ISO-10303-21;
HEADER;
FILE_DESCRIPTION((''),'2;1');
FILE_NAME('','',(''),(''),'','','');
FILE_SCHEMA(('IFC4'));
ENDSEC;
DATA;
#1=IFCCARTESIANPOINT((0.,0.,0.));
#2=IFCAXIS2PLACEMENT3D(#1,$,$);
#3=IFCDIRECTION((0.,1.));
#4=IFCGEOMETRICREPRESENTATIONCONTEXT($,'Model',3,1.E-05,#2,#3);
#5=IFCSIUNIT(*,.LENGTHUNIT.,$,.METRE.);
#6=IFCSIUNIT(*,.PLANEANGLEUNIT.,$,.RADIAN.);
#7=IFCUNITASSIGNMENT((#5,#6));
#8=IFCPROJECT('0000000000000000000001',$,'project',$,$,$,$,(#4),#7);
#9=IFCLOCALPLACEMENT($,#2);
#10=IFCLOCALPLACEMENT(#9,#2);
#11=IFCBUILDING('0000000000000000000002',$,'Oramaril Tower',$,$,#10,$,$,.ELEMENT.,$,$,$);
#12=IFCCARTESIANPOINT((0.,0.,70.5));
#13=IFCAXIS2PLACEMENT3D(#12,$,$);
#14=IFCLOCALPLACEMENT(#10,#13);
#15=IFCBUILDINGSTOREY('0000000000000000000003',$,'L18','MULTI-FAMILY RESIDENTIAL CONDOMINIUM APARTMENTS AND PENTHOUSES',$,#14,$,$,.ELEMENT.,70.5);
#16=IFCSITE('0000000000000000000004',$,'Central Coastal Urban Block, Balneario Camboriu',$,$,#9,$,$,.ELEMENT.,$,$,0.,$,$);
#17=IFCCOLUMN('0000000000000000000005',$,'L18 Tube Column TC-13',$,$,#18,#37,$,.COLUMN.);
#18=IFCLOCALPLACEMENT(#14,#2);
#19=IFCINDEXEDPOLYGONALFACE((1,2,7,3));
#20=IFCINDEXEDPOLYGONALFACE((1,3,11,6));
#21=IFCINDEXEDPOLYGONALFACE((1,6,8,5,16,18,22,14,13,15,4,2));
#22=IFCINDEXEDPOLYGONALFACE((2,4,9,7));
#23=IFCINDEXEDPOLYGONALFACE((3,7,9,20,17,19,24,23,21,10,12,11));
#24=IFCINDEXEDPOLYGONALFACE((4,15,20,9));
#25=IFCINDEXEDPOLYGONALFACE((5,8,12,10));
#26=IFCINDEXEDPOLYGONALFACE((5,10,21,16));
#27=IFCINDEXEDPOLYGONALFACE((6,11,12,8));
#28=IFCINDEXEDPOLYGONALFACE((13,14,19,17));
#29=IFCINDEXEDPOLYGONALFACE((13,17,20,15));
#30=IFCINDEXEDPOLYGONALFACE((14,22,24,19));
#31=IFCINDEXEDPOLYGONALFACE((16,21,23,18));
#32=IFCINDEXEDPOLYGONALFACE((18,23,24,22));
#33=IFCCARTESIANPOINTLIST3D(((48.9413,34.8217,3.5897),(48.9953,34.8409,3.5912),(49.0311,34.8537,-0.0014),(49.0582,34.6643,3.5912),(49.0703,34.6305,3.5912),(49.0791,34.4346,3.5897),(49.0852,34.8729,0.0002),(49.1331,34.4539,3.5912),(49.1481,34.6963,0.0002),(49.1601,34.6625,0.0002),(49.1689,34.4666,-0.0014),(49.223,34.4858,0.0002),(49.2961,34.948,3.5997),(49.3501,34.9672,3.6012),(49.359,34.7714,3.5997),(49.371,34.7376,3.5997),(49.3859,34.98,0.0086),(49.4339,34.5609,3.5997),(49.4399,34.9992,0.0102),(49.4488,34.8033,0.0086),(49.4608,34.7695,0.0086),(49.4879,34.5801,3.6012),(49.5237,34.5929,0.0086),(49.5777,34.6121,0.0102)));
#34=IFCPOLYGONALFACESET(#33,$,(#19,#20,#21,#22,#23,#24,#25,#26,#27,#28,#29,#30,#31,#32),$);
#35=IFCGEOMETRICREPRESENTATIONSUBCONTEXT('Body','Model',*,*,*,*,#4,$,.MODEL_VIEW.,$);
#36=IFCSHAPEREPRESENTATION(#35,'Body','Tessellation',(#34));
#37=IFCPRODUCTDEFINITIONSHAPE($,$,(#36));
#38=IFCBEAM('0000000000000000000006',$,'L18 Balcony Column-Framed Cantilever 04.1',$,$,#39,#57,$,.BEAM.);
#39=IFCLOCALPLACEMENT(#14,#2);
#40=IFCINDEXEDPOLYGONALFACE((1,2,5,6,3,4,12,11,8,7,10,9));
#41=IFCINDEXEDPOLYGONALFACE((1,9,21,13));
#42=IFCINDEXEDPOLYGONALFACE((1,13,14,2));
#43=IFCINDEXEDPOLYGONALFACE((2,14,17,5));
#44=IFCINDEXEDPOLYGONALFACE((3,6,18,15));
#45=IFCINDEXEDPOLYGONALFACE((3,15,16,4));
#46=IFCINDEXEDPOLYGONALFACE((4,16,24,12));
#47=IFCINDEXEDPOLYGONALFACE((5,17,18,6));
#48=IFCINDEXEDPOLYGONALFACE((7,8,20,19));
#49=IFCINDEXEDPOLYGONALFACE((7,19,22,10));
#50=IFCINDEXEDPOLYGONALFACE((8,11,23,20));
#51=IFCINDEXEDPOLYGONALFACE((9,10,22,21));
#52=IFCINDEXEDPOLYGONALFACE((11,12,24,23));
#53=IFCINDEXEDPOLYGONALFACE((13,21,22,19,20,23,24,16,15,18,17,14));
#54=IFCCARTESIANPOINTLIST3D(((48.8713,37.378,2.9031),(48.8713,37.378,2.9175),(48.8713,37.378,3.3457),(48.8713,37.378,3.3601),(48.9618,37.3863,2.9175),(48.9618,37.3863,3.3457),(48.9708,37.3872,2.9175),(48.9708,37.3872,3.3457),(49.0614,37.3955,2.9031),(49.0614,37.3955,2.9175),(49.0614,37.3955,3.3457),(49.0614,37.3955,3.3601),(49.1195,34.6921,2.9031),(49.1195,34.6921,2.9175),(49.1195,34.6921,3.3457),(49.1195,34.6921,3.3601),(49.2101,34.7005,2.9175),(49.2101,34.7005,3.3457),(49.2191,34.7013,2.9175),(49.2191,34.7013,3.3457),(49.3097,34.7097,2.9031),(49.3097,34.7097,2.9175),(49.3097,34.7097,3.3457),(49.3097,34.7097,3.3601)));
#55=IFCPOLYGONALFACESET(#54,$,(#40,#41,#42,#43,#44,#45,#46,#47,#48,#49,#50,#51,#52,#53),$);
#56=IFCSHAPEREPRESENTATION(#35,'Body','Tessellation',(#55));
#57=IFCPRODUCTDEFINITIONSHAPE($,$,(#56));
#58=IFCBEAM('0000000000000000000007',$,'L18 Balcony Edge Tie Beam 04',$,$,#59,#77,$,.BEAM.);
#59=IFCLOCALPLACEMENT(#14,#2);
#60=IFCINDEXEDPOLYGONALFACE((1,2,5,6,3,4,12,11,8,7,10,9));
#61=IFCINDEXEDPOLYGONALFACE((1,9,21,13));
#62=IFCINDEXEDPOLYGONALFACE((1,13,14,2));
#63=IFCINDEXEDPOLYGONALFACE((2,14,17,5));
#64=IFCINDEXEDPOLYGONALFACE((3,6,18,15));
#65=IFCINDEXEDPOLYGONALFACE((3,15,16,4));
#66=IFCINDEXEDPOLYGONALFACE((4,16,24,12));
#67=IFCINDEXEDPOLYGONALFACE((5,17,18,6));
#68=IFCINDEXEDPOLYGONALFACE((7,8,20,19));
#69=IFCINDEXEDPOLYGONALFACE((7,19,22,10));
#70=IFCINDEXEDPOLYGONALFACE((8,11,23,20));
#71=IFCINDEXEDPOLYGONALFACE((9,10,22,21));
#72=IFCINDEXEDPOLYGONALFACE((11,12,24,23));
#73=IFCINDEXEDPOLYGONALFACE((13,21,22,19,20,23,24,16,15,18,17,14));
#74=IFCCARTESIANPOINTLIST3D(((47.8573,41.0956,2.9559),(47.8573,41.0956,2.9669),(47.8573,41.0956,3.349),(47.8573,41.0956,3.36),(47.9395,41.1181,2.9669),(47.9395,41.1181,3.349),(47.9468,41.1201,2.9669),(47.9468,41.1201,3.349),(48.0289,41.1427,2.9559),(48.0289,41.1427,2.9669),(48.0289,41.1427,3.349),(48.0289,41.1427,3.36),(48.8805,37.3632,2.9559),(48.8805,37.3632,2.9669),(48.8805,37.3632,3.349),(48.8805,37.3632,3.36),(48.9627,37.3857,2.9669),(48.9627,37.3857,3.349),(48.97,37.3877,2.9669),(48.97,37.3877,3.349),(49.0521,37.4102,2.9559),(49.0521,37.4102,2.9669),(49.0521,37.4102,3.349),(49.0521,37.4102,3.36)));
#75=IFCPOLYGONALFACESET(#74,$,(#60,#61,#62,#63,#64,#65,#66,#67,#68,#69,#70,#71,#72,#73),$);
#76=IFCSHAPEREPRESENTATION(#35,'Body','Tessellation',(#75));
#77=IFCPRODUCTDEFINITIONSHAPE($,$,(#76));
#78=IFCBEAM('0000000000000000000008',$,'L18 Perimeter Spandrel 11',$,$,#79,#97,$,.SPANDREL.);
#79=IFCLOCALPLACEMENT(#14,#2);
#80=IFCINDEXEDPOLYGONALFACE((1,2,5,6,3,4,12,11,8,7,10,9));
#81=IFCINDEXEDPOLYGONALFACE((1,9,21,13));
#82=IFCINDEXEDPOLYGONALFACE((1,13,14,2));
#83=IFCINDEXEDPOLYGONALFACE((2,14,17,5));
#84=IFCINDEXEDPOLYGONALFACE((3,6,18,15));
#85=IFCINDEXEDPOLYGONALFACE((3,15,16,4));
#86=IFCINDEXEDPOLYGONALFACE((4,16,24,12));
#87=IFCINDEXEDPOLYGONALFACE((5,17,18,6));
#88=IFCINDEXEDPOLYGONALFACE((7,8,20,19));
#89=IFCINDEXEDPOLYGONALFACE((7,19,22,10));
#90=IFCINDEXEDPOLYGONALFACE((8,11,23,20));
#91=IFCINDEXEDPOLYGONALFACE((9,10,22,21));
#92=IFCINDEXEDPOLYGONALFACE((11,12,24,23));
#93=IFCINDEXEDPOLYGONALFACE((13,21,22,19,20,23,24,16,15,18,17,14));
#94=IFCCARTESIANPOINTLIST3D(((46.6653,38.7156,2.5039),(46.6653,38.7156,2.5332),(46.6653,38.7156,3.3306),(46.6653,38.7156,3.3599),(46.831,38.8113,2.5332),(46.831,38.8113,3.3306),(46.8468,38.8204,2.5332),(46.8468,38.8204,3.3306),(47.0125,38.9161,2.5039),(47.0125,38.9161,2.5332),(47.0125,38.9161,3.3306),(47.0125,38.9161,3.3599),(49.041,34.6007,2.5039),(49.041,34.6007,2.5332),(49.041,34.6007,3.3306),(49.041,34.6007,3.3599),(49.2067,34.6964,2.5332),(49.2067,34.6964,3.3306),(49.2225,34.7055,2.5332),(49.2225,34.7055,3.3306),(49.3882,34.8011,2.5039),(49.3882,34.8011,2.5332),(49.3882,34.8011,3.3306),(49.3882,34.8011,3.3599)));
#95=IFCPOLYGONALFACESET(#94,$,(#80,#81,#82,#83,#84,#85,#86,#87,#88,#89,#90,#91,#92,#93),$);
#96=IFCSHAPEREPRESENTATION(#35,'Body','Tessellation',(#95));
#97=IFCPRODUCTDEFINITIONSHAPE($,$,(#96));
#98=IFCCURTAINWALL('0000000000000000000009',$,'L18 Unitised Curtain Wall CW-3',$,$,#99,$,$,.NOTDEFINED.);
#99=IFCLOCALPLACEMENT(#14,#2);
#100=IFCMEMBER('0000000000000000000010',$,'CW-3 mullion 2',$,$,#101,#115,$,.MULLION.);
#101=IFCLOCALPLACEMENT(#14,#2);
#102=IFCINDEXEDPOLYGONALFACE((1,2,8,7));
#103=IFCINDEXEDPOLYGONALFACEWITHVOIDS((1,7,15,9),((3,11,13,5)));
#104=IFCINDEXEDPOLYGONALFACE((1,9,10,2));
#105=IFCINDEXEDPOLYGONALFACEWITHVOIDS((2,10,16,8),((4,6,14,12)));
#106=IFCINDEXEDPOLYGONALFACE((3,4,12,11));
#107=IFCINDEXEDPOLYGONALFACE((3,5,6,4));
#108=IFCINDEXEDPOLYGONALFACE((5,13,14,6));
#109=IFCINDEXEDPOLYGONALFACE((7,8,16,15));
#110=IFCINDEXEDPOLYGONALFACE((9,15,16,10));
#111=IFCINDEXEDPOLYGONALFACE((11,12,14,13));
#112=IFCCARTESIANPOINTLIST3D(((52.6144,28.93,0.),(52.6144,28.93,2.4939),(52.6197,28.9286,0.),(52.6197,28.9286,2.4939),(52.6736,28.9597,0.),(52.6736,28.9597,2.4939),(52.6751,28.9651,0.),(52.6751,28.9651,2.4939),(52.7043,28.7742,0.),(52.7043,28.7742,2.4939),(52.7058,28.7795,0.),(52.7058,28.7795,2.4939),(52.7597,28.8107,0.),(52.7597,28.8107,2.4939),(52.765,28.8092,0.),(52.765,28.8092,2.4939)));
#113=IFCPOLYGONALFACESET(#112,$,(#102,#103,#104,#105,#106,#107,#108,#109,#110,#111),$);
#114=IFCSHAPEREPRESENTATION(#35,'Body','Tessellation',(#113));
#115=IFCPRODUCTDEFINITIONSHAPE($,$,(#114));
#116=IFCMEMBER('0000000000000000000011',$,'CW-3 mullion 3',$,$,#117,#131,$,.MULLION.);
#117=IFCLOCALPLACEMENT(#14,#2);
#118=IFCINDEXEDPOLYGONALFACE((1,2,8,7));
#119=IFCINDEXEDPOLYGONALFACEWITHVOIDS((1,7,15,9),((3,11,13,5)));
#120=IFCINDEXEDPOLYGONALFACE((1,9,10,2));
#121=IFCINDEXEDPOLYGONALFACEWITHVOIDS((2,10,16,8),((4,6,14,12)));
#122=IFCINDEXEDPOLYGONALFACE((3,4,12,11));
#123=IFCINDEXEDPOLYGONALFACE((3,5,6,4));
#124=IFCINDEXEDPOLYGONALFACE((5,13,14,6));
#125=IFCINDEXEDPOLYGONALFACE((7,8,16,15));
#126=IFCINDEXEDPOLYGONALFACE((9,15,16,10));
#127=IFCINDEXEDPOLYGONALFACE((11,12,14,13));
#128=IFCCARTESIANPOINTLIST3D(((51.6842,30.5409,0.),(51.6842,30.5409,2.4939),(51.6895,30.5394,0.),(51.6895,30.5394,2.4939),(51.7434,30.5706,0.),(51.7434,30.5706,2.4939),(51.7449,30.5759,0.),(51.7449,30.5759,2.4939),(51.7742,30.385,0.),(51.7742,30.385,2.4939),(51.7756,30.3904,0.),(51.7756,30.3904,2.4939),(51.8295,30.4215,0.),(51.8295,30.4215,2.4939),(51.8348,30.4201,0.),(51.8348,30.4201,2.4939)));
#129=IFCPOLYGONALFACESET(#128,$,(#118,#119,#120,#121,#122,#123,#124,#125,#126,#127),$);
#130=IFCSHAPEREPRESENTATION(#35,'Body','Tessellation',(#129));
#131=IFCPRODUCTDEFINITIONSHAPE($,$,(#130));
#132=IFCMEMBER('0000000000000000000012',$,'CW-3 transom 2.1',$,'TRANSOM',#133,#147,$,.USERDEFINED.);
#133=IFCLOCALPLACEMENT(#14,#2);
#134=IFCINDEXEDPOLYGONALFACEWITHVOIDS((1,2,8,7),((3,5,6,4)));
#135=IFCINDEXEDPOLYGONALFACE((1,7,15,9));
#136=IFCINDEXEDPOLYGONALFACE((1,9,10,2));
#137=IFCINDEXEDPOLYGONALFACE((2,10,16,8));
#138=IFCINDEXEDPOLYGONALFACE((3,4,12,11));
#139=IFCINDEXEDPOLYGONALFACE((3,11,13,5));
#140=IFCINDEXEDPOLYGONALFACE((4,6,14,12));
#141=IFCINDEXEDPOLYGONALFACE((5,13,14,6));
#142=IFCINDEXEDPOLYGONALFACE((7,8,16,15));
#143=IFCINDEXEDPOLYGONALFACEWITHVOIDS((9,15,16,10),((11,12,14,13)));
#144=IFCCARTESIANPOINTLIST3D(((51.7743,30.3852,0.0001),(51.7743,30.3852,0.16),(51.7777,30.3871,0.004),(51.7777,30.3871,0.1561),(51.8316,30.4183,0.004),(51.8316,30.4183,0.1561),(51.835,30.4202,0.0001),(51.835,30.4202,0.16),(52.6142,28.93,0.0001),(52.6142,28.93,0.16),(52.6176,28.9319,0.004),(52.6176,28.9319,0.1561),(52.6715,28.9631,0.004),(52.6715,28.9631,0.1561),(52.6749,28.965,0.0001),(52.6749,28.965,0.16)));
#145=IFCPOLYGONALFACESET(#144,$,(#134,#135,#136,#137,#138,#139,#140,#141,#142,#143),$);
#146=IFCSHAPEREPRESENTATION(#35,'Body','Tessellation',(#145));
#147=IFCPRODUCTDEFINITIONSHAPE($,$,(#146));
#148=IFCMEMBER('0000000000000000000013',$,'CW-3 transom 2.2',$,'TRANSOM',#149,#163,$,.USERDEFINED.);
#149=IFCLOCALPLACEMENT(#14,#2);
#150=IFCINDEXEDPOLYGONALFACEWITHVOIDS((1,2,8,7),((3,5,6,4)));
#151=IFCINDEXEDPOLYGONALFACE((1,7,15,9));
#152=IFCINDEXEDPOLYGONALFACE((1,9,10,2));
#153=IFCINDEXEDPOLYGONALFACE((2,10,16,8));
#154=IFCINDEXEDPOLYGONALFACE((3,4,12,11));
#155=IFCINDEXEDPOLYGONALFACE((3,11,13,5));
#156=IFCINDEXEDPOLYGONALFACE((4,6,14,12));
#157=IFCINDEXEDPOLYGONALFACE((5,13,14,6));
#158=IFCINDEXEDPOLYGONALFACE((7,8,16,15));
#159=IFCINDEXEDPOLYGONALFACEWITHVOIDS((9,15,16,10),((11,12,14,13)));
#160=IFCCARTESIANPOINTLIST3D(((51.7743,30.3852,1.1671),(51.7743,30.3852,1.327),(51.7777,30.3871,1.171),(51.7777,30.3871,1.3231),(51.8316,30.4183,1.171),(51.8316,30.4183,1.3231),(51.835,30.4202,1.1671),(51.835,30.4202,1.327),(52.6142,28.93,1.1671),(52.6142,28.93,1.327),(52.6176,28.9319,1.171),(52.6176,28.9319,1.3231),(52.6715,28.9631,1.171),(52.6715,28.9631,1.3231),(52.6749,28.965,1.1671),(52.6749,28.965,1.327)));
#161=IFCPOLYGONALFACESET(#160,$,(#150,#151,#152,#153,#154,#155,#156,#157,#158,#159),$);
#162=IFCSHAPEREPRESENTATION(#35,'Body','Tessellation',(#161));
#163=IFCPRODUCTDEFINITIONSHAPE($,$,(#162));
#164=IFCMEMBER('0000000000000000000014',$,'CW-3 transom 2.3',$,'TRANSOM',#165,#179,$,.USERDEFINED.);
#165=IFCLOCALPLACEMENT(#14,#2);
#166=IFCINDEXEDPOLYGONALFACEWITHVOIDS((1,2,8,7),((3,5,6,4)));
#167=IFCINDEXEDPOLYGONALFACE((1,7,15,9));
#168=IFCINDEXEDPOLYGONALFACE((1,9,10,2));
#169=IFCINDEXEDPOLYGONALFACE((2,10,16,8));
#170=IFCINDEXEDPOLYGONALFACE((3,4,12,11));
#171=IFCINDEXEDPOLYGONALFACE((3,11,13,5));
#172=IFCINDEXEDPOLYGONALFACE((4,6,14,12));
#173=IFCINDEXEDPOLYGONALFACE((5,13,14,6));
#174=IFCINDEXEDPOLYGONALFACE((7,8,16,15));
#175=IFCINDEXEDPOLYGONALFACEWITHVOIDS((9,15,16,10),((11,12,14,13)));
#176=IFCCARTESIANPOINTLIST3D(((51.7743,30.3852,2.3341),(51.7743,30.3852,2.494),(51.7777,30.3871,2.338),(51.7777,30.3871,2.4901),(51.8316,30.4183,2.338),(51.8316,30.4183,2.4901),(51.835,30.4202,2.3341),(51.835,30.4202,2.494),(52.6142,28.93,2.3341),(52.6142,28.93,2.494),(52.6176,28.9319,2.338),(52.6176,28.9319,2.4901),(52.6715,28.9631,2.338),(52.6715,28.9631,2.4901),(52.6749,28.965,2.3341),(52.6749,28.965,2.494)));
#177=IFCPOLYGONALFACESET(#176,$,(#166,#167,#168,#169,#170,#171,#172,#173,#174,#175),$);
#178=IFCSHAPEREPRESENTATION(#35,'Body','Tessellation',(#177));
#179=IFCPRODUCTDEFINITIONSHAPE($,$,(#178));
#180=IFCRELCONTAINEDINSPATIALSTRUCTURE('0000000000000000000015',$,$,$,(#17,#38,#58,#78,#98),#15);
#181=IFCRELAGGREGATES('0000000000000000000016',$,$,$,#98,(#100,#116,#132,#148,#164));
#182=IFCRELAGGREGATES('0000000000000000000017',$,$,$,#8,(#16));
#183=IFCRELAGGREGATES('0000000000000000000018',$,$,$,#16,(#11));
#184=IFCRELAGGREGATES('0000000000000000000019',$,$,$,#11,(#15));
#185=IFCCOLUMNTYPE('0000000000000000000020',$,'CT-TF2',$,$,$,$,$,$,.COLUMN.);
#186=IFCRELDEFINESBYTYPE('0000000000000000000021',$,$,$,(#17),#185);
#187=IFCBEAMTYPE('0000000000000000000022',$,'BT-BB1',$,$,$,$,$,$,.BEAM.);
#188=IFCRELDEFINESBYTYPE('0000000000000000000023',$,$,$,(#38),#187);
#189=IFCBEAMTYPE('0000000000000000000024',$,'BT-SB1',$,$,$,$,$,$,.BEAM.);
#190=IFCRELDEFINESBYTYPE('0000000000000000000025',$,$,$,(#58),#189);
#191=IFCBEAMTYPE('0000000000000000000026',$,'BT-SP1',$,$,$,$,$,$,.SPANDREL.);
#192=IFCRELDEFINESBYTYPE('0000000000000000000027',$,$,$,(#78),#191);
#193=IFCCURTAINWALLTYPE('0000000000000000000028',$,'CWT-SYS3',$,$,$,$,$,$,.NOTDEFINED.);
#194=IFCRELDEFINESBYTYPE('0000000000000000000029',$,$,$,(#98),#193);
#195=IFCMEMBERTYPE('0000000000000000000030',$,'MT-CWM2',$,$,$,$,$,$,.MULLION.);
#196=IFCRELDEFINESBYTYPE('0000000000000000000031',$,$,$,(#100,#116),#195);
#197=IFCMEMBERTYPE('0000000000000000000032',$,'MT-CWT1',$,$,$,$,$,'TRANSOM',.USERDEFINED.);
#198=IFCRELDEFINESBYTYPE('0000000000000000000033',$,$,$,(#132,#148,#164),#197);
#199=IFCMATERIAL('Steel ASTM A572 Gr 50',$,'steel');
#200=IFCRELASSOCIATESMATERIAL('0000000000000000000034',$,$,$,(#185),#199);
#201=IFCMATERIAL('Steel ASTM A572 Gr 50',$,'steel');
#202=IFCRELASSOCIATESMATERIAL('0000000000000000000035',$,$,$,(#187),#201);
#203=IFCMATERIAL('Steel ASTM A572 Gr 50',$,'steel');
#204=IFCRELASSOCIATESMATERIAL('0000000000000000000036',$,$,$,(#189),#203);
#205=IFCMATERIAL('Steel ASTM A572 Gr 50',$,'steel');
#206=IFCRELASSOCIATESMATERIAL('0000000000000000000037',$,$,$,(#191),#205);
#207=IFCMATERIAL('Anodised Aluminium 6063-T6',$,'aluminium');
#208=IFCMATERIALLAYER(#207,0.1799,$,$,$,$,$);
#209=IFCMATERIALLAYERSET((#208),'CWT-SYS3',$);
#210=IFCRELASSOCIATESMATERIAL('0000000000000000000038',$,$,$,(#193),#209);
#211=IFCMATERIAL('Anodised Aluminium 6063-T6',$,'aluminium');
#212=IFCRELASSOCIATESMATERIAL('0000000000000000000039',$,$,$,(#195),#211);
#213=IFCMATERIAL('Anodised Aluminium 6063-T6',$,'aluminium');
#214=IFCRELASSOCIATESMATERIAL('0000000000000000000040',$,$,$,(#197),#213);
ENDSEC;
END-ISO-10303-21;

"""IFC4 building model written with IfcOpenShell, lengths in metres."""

from ifc_helpers import new_model, si_unit, direction, frame, origin, origin_2d, place, context, subcontext, project, spatial, hollow_rectangle, i_section, extrude, material, layer, layer_set, material_profile, profile_set, type_object, element, aggregate, save


model = new_model("IFC4")

# Units and contexts
model_context = context("Model", 3, precision=1e-05, world=origin(), true_north=direction((0.0, 1.0)))
body_context = subcontext(model_context, "Body", "Model", "MODEL_VIEW")
ifc_project = project(units=[si_unit("LENGTHUNIT", "METRE"), si_unit("PLANEANGLEUNIT", "RADIAN")], contexts=[model_context])

# Site, building, storey
site_placement = place(None, origin())
site = spatial("IfcSite", under=ifc_project, at=site_placement, Name="Central Coastal Urban Block, Balneario Camboriu", CompositionType="ELEMENT", RefElevation=0.0)
building_placement = place(site_placement, origin())
building = spatial("IfcBuilding", under=site, at=building_placement, Name="Oramaril Tower", CompositionType="ELEMENT")
storey_placement = place(building_placement, frame((0.0, 0.0, 70.5)))
storey = spatial("IfcBuildingStorey", under=building, at=storey_placement, Name="L18", Description="MULTI-FAMILY RESIDENTIAL CONDOMINIUM APARTMENTS AND PENTHOUSES", CompositionType="ELEMENT", Elevation=70.5)

# Column
ifc_material_1 = material(Name="Steel ASTM A572 Gr 50", Category="steel")
ifc_material_profile_1 = material_profile(ifc_material_1, i_section(OverallWidth=0.4109, OverallDepth=0.4341, WebThickness=0.0359, FlangeThickness=0.0574, at=origin_2d()), Name="W14X311")
ifc_profile_set_1 = profile_set([ifc_material_profile_1], Name="Steel ASTM A572 Gr 50")
column_type = type_object("IfcColumnType", Name="CT-TF2", PredefinedType="COLUMN", material=ifc_profile_set_1)
column_placement = place(storey_placement, frame((49.3044, 34.7329, 0.0044), z_axis=(-0.02501, -0.008903, 0.999648), x_axis=(0.335363, -0.942089, 0.0)))
element("IfcColumn", 1, at=column_placement, inside=storey, type_object=column_type, Name="L18 Tube Column TC-13", PredefinedType="COLUMN", context=body_context, shape_type="SweptSolid", body=[
    extrude(i_section(OverallWidth=0.4109, OverallDepth=0.4341, WebThickness=0.0359, FlangeThickness=0.0574, at=origin_2d()), origin(), (0.0, 0.0, 1.0), 3.5923),
])

# Beams
ifc_material_2 = material(Name="Steel ASTM A572 Gr 50", Category="steel")
ifc_material_profile_2 = material_profile(ifc_material_2, i_section(OverallWidth=0.1909, OverallDepth=0.457, WebThickness=0.009, FlangeThickness=0.0144, at=origin_2d()), Name="W18X50")
ifc_profile_set_2 = profile_set([ifc_material_profile_2], Name="Steel ASTM A572 Gr 50")
beam_type_1 = type_object("IfcBeamType", Name="BT-BB1", PredefinedType="BEAM", material=ifc_profile_set_2)
beam_1_placement = place(storey_placement, frame((49.2146, 34.7009, 3.1316), z_axis=(-0.092054, 0.995754, 0.0), x_axis=(-0.995754, -0.092054, 0.0)))
element("IfcBeam", 2, at=beam_1_placement, inside=storey, type_object=beam_type_1, Name="L18 Balcony Column-Framed Cantilever 04.1", PredefinedType="BEAM", context=body_context, shape_type="SweptSolid", body=[
    extrude(i_section(OverallWidth=0.1909, OverallDepth=0.457, WebThickness=0.009, FlangeThickness=0.0144, at=origin_2d()), origin(), (0.0, 0.0, 1.0), 2.6973),
])
ifc_material_3 = material(Name="Steel ASTM A572 Gr 50", Category="steel")
ifc_material_profile_3 = material_profile(ifc_material_3, i_section(OverallWidth=0.178, OverallDepth=0.4041, WebThickness=0.0076, FlangeThickness=0.011, at=origin_2d()), Name="W16X36")
ifc_profile_set_3 = profile_set([ifc_material_profile_3], Name="Steel ASTM A572 Gr 50")
beam_type_2 = type_object("IfcBeamType", Name="BT-SB1", PredefinedType="BEAM", material=ifc_profile_set_3)
beam_2_placement = place(storey_placement, frame((48.9663, 37.3867, 3.158), z_axis=(-0.264382, 0.964418, 0.0), x_axis=(-0.964418, -0.264382, 0.0)))
element("IfcBeam", 3, at=beam_2_placement, inside=storey, type_object=beam_type_2, Name="L18 Balcony Edge Tie Beam 04", PredefinedType="BEAM", context=body_context, shape_type="SweptSolid", body=[
    extrude(i_section(OverallWidth=0.178, OverallDepth=0.4041, WebThickness=0.0076, FlangeThickness=0.011, at=origin_2d()), origin(), (0.0, 0.0, 1.0), 3.8701),
])
ifc_material_4 = material(Name="Steel ASTM A572 Gr 50", Category="steel")
ifc_material_profile_4 = material_profile(ifc_material_4, i_section(OverallWidth=0.4009, OverallDepth=0.856, WebThickness=0.0183, FlangeThickness=0.0293, at=origin_2d()), Name="W33X201")
ifc_profile_set_4 = profile_set([ifc_material_profile_4], Name="Steel ASTM A572 Gr 50")
beam_type_3 = type_object("IfcBeamType", Name="BT-SP1", PredefinedType="SPANDREL", material=ifc_profile_set_4)
beam_3_placement = place(storey_placement, frame((49.2146, 34.7009, 2.9319), z_axis=(-0.499991, 0.866031, 0.0), x_axis=(-0.866031, -0.499991, 0.0)))
element("IfcBeam", 4, at=beam_3_placement, inside=storey, type_object=beam_type_3, Name="L18 Perimeter Spandrel 11", PredefinedType="SPANDREL", context=body_context, shape_type="SweptSolid", body=[
    extrude(i_section(OverallWidth=0.4009, OverallDepth=0.856, WebThickness=0.0183, FlangeThickness=0.0293, at=origin_2d()), origin(), (0.0, 0.0, 1.0), 4.7515),
])

# Curtain wall, members
ifc_material_5 = material(Name="Anodised Aluminium 6063-T6", Category="aluminium")
ifc_layer_1 = layer(ifc_material_5, 0.1799)
ifc_layer_set_1 = layer_set([ifc_layer_1], Name="CWT-SYS3")
curtain_wall_type = type_object("IfcCurtainWallType", Name="CWT-SYS3", PredefinedType="NOTDEFINED", material=ifc_layer_set_1)
curtain_wall_placement = place(storey_placement, origin())
curtain_wall = element("IfcCurtainWall", 5, at=curtain_wall_placement, inside=storey, type_object=curtain_wall_type, Name="L18 Unitised Curtain Wall CW-3", PredefinedType="NOTDEFINED")
ifc_material_6 = material(Name="Anodised Aluminium 6063-T6", Category="aluminium")
ifc_material_profile_5 = material_profile(ifc_material_6, hollow_rectangle(XDim=0.0701, YDim=0.1799, WallThickness=0.0039, at=origin_2d()), Name="CWM180X70")
ifc_profile_set_5 = profile_set([ifc_material_profile_5], Name="Anodised Aluminium 6063-T6")
member_type_1 = type_object("IfcMemberType", Name="MT-CWM2", PredefinedType="MULLION", material=ifc_profile_set_5)
member_1_placement = place(storey_placement, frame((52.6897, 28.8696, 0.0), z_axis=(0.0, 0.0, 1.0), x_axis=(-0.866025, -0.5, 0.0)))
member_1 = element("IfcMember", 6, at=member_1_placement, type_object=member_type_1, Name="CW-3 mullion 2", PredefinedType="MULLION", context=body_context, shape_type="SweptSolid", body=[
    extrude(hollow_rectangle(XDim=0.0701, YDim=0.1799, WallThickness=0.0039, at=origin_2d()), origin(), (0.0, 0.0, 1.0), 2.4939),
])
member_2_placement = place(storey_placement, frame((51.7595, 30.4805, 0.0), z_axis=(0.0, 0.0, 1.0), x_axis=(-0.866025, -0.5, 0.0)))
member_2 = element("IfcMember", 7, at=member_2_placement, type_object=member_type_1, Name="CW-3 mullion 3", PredefinedType="MULLION", context=body_context, shape_type="SweptSolid", body=[
    extrude(hollow_rectangle(XDim=0.0701, YDim=0.1799, WallThickness=0.0039, at=origin_2d()), origin(), (0.0, 0.0, 1.0), 2.4939),
])
ifc_material_7 = material(Name="Anodised Aluminium 6063-T6", Category="aluminium")
ifc_material_profile_6 = material_profile(ifc_material_7, hollow_rectangle(XDim=0.0701, YDim=0.1599, WallThickness=0.0039, at=origin_2d()), Name="CWT160X70")
ifc_profile_set_6 = profile_set([ifc_material_profile_6], Name="Anodised Aluminium 6063-T6")
member_type_2 = type_object("IfcMemberType", Name="MT-CWT1", ElementType="TRANSOM", PredefinedType="USERDEFINED", material=ifc_profile_set_6)
member_3_placement = place(storey_placement, frame((52.6445, 28.9475, 0.0801), z_axis=(-0.49989, 0.866089, 0.0), x_axis=(-0.866089, -0.49989, 0.0)))
member_3 = element("IfcMember", 8, at=member_3_placement, type_object=member_type_2, Name="CW-3 transom 2.1", ObjectType="TRANSOM", PredefinedType="USERDEFINED", context=body_context, shape_type="SweptSolid", body=[
    extrude(hollow_rectangle(XDim=0.0701, YDim=0.1599, WallThickness=0.0039, at=origin_2d()), origin(), (0.0, 0.0, 1.0), 1.6802),
])
member_4_placement = place(storey_placement, frame((52.6445, 28.9475, 1.2471), z_axis=(-0.49989, 0.866089, 0.0), x_axis=(-0.866089, -0.49989, 0.0)))
member_4 = element("IfcMember", 9, at=member_4_placement, type_object=member_type_2, Name="CW-3 transom 2.2", ObjectType="TRANSOM", PredefinedType="USERDEFINED", context=body_context, shape_type="SweptSolid", body=[
    extrude(hollow_rectangle(XDim=0.0701, YDim=0.1599, WallThickness=0.0039, at=origin_2d()), origin(), (0.0, 0.0, 1.0), 1.6802),
])
member_5_placement = place(storey_placement, frame((52.6445, 28.9475, 2.4141), z_axis=(-0.49989, 0.866089, 0.0), x_axis=(-0.866089, -0.49989, 0.0)))
member_5 = element("IfcMember", 10, at=member_5_placement, type_object=member_type_2, Name="CW-3 transom 2.3", ObjectType="TRANSOM", PredefinedType="USERDEFINED", context=body_context, shape_type="SweptSolid", body=[
    extrude(hollow_rectangle(XDim=0.0701, YDim=0.1599, WallThickness=0.0039, at=origin_2d()), origin(), (0.0, 0.0, 1.0), 1.6802),
])
aggregate(curtain_wall, [member_1, member_2, member_3, member_4, member_5])

save(model, "model.ifc")
